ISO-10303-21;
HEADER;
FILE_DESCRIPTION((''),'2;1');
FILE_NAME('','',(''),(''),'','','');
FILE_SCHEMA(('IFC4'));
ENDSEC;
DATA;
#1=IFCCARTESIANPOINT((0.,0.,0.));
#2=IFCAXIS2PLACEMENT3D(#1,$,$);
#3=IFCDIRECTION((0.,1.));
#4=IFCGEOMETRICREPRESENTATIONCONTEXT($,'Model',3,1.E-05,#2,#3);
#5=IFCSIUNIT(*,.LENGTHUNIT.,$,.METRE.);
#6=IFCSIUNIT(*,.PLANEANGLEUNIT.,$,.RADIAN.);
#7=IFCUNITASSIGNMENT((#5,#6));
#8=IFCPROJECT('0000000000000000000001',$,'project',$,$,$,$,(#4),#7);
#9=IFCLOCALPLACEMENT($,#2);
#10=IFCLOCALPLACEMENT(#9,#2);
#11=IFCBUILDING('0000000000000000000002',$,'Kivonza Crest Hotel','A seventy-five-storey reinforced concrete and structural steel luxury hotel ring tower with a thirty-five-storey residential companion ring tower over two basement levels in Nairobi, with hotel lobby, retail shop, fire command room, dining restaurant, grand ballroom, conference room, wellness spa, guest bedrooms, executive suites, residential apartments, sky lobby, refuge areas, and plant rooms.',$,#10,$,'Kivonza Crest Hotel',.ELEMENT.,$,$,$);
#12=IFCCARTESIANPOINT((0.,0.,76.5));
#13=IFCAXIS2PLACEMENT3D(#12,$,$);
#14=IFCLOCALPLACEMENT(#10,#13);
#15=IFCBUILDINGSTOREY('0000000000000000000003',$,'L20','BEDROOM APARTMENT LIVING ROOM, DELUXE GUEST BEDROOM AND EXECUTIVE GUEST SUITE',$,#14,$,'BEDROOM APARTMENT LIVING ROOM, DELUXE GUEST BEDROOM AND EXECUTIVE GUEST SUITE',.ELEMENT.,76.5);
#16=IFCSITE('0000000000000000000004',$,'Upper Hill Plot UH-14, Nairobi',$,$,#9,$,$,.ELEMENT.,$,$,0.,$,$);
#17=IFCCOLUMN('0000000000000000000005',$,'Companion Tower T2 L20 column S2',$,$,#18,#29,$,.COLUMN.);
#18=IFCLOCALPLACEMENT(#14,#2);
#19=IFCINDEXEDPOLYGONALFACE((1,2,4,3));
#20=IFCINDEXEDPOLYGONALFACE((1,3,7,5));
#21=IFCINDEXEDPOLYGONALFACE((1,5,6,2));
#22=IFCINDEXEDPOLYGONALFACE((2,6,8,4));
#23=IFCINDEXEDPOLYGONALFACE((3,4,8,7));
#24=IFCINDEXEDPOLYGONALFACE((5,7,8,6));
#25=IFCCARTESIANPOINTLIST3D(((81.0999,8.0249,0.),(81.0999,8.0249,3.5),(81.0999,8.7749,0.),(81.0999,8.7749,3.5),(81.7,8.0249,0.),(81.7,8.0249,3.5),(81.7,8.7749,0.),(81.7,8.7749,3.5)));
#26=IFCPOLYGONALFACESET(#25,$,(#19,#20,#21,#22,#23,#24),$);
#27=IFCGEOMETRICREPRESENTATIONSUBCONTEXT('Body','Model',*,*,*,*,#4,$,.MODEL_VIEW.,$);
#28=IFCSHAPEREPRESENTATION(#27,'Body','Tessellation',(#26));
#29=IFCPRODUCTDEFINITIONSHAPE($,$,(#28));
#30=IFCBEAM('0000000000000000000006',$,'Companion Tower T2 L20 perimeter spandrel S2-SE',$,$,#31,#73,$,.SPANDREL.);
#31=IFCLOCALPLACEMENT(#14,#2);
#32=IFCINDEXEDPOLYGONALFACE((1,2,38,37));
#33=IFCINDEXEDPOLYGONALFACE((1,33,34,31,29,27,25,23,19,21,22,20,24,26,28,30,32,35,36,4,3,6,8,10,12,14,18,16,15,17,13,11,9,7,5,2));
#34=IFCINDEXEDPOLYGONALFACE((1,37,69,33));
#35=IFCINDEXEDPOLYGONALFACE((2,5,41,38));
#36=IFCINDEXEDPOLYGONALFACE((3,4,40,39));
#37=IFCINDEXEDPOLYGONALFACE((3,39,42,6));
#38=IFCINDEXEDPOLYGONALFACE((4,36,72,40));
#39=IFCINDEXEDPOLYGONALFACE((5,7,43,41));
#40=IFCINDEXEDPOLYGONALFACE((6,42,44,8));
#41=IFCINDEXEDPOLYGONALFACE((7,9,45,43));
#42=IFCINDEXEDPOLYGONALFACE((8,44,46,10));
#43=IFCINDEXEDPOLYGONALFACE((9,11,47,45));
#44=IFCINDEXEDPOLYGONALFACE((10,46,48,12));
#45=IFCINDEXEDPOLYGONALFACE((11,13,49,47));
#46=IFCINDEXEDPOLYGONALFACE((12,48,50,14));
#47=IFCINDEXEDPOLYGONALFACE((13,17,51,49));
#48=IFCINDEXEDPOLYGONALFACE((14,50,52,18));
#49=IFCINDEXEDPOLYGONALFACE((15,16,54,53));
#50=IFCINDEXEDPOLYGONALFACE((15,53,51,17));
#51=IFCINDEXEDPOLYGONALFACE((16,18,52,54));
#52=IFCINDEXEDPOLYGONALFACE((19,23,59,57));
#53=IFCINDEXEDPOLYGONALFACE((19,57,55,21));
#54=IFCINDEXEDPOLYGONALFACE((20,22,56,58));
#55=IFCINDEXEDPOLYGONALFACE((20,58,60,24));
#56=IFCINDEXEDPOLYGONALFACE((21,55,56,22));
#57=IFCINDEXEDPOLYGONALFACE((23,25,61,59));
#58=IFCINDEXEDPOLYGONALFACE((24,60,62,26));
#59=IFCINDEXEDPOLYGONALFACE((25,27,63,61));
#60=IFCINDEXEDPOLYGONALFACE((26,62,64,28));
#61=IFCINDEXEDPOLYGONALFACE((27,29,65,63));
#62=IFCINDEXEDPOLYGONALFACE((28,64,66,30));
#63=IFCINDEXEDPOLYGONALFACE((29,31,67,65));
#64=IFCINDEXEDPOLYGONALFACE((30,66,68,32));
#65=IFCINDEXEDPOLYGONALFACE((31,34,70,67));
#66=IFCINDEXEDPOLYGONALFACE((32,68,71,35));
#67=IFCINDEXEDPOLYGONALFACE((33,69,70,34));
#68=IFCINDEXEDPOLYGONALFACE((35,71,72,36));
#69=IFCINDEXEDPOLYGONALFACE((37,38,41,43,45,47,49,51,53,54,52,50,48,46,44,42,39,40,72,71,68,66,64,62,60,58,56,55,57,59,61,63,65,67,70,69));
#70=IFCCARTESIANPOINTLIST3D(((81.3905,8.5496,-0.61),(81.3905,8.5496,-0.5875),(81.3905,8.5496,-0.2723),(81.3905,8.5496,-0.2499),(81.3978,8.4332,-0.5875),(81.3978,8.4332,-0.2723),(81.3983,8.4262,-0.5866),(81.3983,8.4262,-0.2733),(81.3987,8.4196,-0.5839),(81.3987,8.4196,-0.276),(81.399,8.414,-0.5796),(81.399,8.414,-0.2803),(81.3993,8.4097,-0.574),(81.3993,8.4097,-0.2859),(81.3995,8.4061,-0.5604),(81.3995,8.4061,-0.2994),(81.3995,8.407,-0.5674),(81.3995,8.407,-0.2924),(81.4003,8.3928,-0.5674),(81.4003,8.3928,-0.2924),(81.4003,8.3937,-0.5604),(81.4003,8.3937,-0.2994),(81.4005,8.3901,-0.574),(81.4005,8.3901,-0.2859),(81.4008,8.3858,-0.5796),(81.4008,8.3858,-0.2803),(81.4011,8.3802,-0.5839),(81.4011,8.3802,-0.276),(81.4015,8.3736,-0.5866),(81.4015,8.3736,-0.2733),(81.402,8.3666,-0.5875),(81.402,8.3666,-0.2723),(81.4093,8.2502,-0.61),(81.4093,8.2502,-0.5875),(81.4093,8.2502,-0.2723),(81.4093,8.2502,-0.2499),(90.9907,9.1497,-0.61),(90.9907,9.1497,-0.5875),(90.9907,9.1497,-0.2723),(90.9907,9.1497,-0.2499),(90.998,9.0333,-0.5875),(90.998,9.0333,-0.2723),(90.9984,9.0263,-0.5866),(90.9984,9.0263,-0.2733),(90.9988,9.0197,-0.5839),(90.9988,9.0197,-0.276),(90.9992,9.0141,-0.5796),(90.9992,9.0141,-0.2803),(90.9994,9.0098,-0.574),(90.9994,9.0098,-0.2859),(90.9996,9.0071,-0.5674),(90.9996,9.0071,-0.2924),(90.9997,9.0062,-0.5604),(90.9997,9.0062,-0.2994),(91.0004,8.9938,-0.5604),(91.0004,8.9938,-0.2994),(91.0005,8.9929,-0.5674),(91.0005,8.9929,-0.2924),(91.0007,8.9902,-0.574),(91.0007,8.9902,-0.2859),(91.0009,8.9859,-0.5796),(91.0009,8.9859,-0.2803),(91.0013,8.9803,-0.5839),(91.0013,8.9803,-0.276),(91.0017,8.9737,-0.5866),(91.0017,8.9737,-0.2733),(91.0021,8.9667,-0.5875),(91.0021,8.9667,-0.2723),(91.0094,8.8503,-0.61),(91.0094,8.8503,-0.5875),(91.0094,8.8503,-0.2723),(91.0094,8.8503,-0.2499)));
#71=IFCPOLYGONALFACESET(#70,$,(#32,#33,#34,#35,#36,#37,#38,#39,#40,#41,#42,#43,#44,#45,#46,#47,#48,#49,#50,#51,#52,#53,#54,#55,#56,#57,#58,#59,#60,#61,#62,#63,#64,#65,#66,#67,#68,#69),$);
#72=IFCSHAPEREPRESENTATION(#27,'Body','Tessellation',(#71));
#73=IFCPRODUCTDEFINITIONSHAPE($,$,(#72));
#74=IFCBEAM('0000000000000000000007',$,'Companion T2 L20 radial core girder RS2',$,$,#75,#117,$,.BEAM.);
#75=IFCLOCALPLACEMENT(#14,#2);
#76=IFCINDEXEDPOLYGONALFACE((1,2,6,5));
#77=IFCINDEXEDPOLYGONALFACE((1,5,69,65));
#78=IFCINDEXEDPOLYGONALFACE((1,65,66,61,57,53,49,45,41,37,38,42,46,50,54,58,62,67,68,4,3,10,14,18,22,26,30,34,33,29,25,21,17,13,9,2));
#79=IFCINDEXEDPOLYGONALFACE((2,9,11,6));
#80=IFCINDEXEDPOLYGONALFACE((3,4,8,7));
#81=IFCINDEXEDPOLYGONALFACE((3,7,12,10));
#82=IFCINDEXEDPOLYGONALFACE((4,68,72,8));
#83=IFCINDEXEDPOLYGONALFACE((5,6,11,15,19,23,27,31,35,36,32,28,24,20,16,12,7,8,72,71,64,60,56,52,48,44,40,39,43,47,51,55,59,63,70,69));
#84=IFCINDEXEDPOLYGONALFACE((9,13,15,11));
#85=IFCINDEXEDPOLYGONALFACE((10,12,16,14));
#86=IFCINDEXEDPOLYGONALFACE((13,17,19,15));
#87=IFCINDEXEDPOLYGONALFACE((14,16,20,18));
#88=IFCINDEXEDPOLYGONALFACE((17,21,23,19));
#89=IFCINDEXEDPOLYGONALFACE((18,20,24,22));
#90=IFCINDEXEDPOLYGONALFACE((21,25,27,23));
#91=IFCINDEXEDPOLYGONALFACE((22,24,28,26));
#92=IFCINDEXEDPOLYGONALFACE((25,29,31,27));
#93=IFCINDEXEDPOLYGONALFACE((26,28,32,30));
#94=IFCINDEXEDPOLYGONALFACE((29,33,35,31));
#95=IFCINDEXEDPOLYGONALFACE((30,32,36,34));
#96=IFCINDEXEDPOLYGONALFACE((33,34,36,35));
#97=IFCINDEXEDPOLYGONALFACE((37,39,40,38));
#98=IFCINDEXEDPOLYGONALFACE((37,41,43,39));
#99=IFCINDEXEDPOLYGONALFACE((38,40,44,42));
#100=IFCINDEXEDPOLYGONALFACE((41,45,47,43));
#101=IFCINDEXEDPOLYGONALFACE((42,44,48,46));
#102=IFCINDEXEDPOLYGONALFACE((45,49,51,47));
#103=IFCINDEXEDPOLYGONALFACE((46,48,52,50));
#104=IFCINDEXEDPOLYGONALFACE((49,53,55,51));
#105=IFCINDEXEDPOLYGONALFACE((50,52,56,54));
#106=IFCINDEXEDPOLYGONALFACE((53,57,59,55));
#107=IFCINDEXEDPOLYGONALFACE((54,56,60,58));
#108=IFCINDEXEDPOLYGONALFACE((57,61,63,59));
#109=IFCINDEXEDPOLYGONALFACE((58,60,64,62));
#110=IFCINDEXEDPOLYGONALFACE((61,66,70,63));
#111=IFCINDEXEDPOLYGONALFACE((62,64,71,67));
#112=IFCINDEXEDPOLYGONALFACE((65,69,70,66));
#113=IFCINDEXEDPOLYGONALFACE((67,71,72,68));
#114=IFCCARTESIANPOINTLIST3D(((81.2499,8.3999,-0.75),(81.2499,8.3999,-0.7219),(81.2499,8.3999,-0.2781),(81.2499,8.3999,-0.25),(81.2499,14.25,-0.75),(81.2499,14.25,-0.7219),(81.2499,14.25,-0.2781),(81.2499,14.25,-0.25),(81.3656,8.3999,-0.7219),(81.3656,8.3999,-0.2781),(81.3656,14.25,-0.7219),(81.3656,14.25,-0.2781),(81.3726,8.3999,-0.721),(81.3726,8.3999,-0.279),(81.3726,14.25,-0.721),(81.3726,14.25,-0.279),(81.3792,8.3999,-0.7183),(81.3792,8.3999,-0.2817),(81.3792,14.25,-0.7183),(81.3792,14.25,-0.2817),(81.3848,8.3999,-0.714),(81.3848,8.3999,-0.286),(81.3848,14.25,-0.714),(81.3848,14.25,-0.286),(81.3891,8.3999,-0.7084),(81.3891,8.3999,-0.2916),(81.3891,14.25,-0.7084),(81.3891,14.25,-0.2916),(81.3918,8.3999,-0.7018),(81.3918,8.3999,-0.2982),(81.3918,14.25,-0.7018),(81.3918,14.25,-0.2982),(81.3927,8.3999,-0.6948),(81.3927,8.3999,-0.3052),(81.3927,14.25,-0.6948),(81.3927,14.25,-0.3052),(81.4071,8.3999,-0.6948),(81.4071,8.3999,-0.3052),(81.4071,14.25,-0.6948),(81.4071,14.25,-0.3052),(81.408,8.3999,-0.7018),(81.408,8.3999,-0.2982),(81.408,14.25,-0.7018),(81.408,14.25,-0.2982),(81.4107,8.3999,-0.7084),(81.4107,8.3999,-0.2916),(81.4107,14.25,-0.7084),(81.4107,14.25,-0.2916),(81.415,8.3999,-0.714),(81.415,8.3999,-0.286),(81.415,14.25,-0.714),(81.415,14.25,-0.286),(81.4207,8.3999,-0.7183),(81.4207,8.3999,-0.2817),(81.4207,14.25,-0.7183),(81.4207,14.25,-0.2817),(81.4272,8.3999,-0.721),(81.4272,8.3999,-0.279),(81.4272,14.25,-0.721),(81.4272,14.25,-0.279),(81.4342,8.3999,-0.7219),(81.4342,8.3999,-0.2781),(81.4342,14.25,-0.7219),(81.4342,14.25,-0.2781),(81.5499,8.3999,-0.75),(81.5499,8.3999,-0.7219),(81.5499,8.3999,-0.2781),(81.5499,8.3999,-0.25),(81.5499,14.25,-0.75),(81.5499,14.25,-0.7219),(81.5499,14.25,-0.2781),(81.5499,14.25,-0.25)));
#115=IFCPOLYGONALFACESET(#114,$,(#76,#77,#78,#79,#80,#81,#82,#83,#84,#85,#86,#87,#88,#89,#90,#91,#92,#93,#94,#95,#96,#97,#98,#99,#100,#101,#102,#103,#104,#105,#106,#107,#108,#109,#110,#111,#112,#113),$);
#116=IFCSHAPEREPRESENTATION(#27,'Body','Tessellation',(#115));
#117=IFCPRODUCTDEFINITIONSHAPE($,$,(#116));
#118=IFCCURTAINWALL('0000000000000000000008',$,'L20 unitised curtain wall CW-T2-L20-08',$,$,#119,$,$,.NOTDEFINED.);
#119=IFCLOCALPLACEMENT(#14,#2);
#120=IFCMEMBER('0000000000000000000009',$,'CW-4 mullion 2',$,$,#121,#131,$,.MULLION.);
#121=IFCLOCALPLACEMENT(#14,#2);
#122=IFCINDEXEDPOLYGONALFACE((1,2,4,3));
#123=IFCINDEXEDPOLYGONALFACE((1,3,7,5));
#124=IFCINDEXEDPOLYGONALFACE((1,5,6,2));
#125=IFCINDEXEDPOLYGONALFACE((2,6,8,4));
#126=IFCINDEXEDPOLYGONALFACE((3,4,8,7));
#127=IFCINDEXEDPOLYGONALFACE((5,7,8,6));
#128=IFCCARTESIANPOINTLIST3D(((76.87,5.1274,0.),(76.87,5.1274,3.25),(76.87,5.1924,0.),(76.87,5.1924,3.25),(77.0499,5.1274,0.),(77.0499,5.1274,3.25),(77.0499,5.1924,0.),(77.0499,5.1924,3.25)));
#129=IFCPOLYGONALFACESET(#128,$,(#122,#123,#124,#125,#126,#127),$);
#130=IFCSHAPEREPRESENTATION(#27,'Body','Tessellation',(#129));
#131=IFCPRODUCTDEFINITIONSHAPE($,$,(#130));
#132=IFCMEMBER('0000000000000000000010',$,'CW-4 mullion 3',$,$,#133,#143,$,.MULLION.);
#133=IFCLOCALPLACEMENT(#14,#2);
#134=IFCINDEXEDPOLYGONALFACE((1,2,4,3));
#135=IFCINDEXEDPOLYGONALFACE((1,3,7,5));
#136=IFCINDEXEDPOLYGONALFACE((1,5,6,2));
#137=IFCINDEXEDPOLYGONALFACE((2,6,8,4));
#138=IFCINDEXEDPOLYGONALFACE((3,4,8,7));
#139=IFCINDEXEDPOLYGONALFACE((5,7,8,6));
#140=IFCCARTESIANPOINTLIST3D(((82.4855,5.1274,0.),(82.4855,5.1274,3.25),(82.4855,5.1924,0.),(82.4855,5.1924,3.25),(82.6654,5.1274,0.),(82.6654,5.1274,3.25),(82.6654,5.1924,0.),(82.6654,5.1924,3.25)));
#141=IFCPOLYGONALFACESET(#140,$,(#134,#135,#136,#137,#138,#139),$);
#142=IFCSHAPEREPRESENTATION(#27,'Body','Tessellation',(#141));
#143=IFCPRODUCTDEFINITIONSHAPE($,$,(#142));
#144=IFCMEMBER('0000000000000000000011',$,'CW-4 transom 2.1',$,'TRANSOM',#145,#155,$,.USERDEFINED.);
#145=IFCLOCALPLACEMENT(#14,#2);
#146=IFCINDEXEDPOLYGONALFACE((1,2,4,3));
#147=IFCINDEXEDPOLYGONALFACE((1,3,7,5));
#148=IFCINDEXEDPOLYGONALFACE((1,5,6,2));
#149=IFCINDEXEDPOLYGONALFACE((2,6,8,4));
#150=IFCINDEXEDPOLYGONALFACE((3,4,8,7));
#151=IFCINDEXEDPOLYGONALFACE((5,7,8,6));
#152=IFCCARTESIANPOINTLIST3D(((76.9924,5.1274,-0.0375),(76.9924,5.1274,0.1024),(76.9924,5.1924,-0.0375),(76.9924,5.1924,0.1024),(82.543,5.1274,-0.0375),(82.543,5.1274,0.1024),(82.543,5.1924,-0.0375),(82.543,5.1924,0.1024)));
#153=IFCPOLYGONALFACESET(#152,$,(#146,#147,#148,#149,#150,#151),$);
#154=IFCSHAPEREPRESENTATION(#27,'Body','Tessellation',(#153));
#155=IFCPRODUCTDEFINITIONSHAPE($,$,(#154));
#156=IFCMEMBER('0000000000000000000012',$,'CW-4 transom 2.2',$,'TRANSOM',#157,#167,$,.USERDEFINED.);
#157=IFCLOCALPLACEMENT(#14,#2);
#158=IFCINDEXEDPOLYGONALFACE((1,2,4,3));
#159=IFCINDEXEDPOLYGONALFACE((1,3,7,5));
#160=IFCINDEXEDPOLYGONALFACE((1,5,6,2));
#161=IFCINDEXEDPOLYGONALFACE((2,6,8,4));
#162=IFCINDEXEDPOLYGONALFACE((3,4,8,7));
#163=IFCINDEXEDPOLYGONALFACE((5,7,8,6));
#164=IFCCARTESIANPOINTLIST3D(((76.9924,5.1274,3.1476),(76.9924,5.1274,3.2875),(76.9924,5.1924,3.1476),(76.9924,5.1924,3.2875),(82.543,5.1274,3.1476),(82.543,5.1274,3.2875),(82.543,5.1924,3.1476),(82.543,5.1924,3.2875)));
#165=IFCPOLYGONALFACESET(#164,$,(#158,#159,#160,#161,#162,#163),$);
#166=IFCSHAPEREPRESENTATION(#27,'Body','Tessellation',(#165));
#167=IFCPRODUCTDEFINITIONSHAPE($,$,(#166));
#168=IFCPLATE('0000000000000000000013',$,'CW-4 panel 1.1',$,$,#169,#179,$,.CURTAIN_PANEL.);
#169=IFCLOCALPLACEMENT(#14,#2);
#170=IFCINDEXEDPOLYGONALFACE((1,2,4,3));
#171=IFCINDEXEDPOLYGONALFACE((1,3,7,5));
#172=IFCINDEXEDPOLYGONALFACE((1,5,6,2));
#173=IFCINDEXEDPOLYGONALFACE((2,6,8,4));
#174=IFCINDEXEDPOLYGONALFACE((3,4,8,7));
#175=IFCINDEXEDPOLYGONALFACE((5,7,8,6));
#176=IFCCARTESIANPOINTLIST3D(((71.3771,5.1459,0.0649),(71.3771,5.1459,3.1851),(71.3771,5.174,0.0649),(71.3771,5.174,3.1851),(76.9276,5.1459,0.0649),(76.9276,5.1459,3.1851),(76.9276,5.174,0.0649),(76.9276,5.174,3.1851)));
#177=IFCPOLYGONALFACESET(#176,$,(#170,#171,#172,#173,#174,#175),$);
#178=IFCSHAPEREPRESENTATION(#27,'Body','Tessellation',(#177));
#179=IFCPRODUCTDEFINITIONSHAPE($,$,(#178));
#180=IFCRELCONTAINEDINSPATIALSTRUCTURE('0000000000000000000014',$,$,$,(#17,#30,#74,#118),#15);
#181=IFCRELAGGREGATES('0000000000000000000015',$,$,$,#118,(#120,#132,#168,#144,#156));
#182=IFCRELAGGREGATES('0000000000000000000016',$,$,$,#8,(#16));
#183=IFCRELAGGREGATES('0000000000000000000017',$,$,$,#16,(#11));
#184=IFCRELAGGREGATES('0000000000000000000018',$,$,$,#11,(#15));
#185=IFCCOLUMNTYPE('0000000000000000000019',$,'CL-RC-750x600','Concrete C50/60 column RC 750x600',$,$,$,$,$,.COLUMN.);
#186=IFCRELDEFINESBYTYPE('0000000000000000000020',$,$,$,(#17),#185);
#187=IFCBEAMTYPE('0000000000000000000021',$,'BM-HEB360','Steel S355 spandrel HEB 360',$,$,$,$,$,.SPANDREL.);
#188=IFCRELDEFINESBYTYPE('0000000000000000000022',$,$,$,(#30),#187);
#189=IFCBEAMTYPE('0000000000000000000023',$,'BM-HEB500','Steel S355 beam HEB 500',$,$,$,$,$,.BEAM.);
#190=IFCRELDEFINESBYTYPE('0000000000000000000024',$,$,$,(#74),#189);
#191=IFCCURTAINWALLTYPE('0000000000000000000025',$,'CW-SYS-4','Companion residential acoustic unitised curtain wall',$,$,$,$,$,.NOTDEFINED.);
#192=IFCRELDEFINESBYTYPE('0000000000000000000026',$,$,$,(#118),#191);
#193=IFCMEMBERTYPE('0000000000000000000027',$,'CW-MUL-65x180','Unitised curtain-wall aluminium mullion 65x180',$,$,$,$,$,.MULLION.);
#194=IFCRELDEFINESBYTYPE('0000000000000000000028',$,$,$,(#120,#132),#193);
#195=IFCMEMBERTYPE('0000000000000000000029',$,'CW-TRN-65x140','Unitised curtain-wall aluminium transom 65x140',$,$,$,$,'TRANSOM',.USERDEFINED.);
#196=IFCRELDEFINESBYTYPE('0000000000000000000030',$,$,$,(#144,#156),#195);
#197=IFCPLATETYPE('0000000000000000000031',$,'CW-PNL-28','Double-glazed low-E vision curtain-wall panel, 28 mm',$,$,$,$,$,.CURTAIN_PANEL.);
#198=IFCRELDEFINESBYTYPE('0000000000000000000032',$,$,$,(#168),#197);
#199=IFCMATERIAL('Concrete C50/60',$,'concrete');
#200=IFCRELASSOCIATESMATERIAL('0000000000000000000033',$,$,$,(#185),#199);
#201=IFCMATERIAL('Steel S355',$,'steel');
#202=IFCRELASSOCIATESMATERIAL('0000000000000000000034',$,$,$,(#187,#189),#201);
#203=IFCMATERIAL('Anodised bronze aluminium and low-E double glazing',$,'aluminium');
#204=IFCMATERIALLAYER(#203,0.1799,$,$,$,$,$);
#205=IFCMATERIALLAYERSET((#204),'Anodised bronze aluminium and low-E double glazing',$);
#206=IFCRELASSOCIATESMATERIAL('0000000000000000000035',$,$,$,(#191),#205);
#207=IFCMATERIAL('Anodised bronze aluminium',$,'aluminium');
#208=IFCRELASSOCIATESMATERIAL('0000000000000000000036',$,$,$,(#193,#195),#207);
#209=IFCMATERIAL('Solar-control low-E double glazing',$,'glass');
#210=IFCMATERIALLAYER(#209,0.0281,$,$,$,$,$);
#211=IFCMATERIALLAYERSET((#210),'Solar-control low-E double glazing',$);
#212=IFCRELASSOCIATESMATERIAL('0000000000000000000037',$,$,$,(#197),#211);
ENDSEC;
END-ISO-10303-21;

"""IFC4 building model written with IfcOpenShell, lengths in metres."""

from ifc_helpers import new_model, si_unit, direction, frame, origin, origin_2d, place, context, subcontext, project, spatial, rectangle, i_section, extrude, material, layer, layer_set, material_profile, profile_set, type_object, element, aggregate, save


model = new_model("IFC4")

# Units and contexts
model_context = context("Model", 3, precision=1e-05, world=origin(), true_north=direction((0.0, 1.0)))
body_context = subcontext(model_context, "Body", "Model", "MODEL_VIEW")
ifc_project = project(units=[si_unit("LENGTHUNIT", "METRE"), si_unit("PLANEANGLEUNIT", "RADIAN")], contexts=[model_context])

# Site, building, storey
site_placement = place(None, origin())
site = spatial("IfcSite", under=ifc_project, at=site_placement, Name="Upper Hill Plot UH-14, Nairobi", CompositionType="ELEMENT", RefElevation=0.0)
building_placement = place(site_placement, origin())
building = spatial("IfcBuilding", under=site, at=building_placement, Name="Kivonza Crest Hotel", Description="A seventy-five-storey reinforced concrete and structural steel luxury hotel ring tower with a thirty-five-storey residential companion ring tower over two basement levels in Nairobi, with hotel lobby, retail shop, fire command room, dining restaurant, grand ballroom, conference room, wellness spa, guest bedrooms, executive suites, residential apartments, sky lobby, refuge areas, and plant rooms.", LongName="Kivonza Crest Hotel", CompositionType="ELEMENT")
storey_placement = place(building_placement, frame((0.0, 0.0, 76.5)))
storey = spatial("IfcBuildingStorey", under=building, at=storey_placement, Name="L20", Description="BEDROOM APARTMENT LIVING ROOM, DELUXE GUEST BEDROOM AND EXECUTIVE GUEST SUITE", LongName="BEDROOM APARTMENT LIVING ROOM, DELUXE GUEST BEDROOM AND EXECUTIVE GUEST SUITE", CompositionType="ELEMENT", Elevation=76.5)

# Column
ifc_material_1 = material(Name="Concrete C50/60", Category="concrete")
ifc_material_profile_1 = material_profile(ifc_material_1, rectangle(XDim=0.6001, YDim=0.75, at=origin_2d()), Name="RC 750x600")
ifc_profile_set_1 = profile_set([ifc_material_profile_1], Name="Concrete C50/60")
column_type = type_object("IfcColumnType", Name="CL-RC-750x600", Description="Concrete C50/60 column RC 750x600", PredefinedType="COLUMN", material=ifc_profile_set_1)
column_placement = place(storey_placement, frame((81.3999, 8.3999, 0.0), z_axis=(0.0, 0.0, 1.0), x_axis=(1.0, 0.0, 0.0)))
element("IfcColumn", 1, at=column_placement, inside=storey, type_object=column_type, Name="Companion Tower T2 L20 column S2", PredefinedType="COLUMN", context=body_context, shape_type="SweptSolid", body=[
    extrude(rectangle(XDim=0.6001, YDim=0.75, at=origin_2d()), origin(), (0.0, 0.0, 1.0), 3.5),
])

# Beams
ifc_material_2 = material(Name="Steel S355", Category="steel")
ifc_material_profile_2 = material_profile(ifc_material_2, i_section(OverallWidth=0.3, OverallDepth=0.3601, WebThickness=0.0125, FlangeThickness=0.0225, FilletRadius=0.0271, at=origin_2d()), Name="HEB 360")
ifc_profile_set_2 = profile_set([ifc_material_profile_2], Name="Steel S355")
beam_type_1 = type_object("IfcBeamType", Name="BM-HEB360", Description="Steel S355 spandrel HEB 360", PredefinedType="SPANDREL", material=ifc_profile_set_2)
beam_1_placement = place(storey_placement, frame((81.3999, 8.3999, -0.4299), z_axis=(0.998052, 0.062388, 0.0), x_axis=(-0.062388, 0.998052, 0.0)))
element("IfcBeam", 2, at=beam_1_placement, inside=storey, type_object=beam_type_1, Name="Companion Tower T2 L20 perimeter spandrel S2-SE", PredefinedType="SPANDREL", context=body_context, shape_type="SweptSolid", body=[
    extrude(i_section(OverallWidth=0.3, OverallDepth=0.3601, WebThickness=0.0125, FlangeThickness=0.0225, FilletRadius=0.0271, at=origin_2d()), origin(), (0.0, 0.0, 1.0), 9.6189),
])
ifc_material_profile_3 = material_profile(ifc_material_2, i_section(OverallWidth=0.3, OverallDepth=0.5, WebThickness=0.0144, FlangeThickness=0.0281, FilletRadius=0.0271, at=origin_2d()), Name="HEB 500")
ifc_profile_set_3 = profile_set([ifc_material_profile_3], Name="Steel S355")
beam_type_2 = type_object("IfcBeamType", Name="BM-HEB500", Description="Steel S355 beam HEB 500", PredefinedType="BEAM", material=ifc_profile_set_3)
beam_2_placement = place(storey_placement, frame((81.3999, 8.3999, -0.5), z_axis=(0.0, 1.0, 0.0), x_axis=(-1.0, 0.0, 0.0)))
element("IfcBeam", 3, at=beam_2_placement, inside=storey, type_object=beam_type_2, Name="Companion T2 L20 radial core girder RS2", PredefinedType="BEAM", context=body_context, shape_type="SweptSolid", body=[
    extrude(i_section(OverallWidth=0.3, OverallDepth=0.5, WebThickness=0.0144, FlangeThickness=0.0281, FilletRadius=0.0271, at=origin_2d()), origin(), (0.0, 0.0, 1.0), 5.8501),
])

# Curtain wall, members, plate
ifc_material_3 = material(Name="Anodised bronze aluminium and low-E double glazing", Category="aluminium")
ifc_layer_1 = layer(ifc_material_3, 0.1799)
ifc_layer_set_1 = layer_set([ifc_layer_1], Name="Anodised bronze aluminium and low-E double glazing")
curtain_wall_type = type_object("IfcCurtainWallType", Name="CW-SYS-4", Description="Companion residential acoustic unitised curtain wall", PredefinedType="NOTDEFINED", material=ifc_layer_set_1)
curtain_wall_placement = place(storey_placement, origin())
curtain_wall = element("IfcCurtainWall", 4, at=curtain_wall_placement, inside=storey, type_object=curtain_wall_type, Name="L20 unitised curtain wall CW-T2-L20-08", PredefinedType="NOTDEFINED")
ifc_material_4 = material(Name="Anodised bronze aluminium", Category="aluminium")
ifc_material_profile_4 = material_profile(ifc_material_4, rectangle(XDim=0.0649, YDim=0.1799, at=origin_2d()), Name="CW-M 65x180")
ifc_profile_set_4 = profile_set([ifc_material_profile_4], Name="Anodised bronze aluminium")
member_type_1 = type_object("IfcMemberType", Name="CW-MUL-65x180", Description="Unitised curtain-wall aluminium mullion 65x180", PredefinedType="MULLION", material=ifc_profile_set_4)
member_1_placement = place(storey_placement, frame((76.96, 5.1599, 0.0), z_axis=(0.0, 0.0, 1.0), x_axis=(0.0, 1.0, 0.0)))
member_1 = element("IfcMember", 5, at=member_1_placement, type_object=member_type_1, Name="CW-4 mullion 2", PredefinedType="MULLION", context=body_context, shape_type="SweptSolid", body=[
    extrude(rectangle(XDim=0.0649, YDim=0.1799, at=origin_2d()), origin(), (0.0, 0.0, 1.0), 3.25),
])
member_2_placement = place(storey_placement, frame((82.5754, 5.1599, 0.0), z_axis=(0.0, 0.0, 1.0), x_axis=(0.0, 1.0, 0.0)))
member_2 = element("IfcMember", 6, at=member_2_placement, type_object=member_type_1, Name="CW-4 mullion 3", PredefinedType="MULLION", context=body_context, shape_type="SweptSolid", body=[
    extrude(rectangle(XDim=0.0649, YDim=0.1799, at=origin_2d()), origin(), (0.0, 0.0, 1.0), 3.25),
])
ifc_material_profile_5 = material_profile(ifc_material_4, rectangle(XDim=0.0649, YDim=0.1399, at=origin_2d()), Name="CW-T 65x140")
ifc_profile_set_5 = profile_set([ifc_material_profile_5], Name="Anodised bronze aluminium")
member_type_2 = type_object("IfcMemberType", Name="CW-TRN-65x140", Description="Unitised curtain-wall aluminium transom 65x140", ElementType="TRANSOM", PredefinedType="USERDEFINED", material=ifc_profile_set_5)
member_3_placement = place(storey_placement, frame((76.9924, 5.1599, 0.0325), z_axis=(1.0, 0.0, 0.0), x_axis=(0.0, 1.0, 0.0)))
member_3 = element("IfcMember", 7, at=member_3_placement, type_object=member_type_2, Name="CW-4 transom 2.1", ObjectType="TRANSOM", PredefinedType="USERDEFINED", context=body_context, shape_type="SweptSolid", body=[
    extrude(rectangle(XDim=0.0649, YDim=0.1399, at=origin_2d()), origin(), (0.0, 0.0, 1.0), 5.5505),
])
member_4_placement = place(storey_placement, frame((76.9924, 5.1599, 3.2175), z_axis=(1.0, 0.0, 0.0), x_axis=(0.0, 1.0, 0.0)))
member_4 = element("IfcMember", 8, at=member_4_placement, type_object=member_type_2, Name="CW-4 transom 2.2", ObjectType="TRANSOM", PredefinedType="USERDEFINED", context=body_context, shape_type="SweptSolid", body=[
    extrude(rectangle(XDim=0.0649, YDim=0.1399, at=origin_2d()), origin(), (0.0, 0.0, 1.0), 5.5505),
])
ifc_material_5 = material(Name="Solar-control low-E double glazing", Category="glass")
ifc_layer_2 = layer(ifc_material_5, 0.0281)
ifc_layer_set_2 = layer_set([ifc_layer_2], Name="Solar-control low-E double glazing")
plate_type = type_object("IfcPlateType", Name="CW-PNL-28", Description="Double-glazed low-E vision curtain-wall panel, 28 mm", PredefinedType="CURTAIN_PANEL", material=ifc_layer_set_2)
plate_1_placement = place(storey_placement, frame((74.1523, 5.1599, 0.0649), z_axis=(0.0, 0.0, 1.0), x_axis=(1.0, 0.0, 0.0)))
plate_1 = element("IfcPlate", 9, at=plate_1_placement, type_object=plate_type, Name="CW-4 panel 1.1", PredefinedType="CURTAIN_PANEL", context=body_context, shape_type="SweptSolid", body=[
    extrude(rectangle(XDim=5.5505, YDim=0.0281, at=origin_2d()), origin(), (0.0, 0.0, 1.0), 3.1201),
])
aggregate(curtain_wall, [member_1, member_2, plate_1, member_3, member_4])

save(model, "model.ifc")
